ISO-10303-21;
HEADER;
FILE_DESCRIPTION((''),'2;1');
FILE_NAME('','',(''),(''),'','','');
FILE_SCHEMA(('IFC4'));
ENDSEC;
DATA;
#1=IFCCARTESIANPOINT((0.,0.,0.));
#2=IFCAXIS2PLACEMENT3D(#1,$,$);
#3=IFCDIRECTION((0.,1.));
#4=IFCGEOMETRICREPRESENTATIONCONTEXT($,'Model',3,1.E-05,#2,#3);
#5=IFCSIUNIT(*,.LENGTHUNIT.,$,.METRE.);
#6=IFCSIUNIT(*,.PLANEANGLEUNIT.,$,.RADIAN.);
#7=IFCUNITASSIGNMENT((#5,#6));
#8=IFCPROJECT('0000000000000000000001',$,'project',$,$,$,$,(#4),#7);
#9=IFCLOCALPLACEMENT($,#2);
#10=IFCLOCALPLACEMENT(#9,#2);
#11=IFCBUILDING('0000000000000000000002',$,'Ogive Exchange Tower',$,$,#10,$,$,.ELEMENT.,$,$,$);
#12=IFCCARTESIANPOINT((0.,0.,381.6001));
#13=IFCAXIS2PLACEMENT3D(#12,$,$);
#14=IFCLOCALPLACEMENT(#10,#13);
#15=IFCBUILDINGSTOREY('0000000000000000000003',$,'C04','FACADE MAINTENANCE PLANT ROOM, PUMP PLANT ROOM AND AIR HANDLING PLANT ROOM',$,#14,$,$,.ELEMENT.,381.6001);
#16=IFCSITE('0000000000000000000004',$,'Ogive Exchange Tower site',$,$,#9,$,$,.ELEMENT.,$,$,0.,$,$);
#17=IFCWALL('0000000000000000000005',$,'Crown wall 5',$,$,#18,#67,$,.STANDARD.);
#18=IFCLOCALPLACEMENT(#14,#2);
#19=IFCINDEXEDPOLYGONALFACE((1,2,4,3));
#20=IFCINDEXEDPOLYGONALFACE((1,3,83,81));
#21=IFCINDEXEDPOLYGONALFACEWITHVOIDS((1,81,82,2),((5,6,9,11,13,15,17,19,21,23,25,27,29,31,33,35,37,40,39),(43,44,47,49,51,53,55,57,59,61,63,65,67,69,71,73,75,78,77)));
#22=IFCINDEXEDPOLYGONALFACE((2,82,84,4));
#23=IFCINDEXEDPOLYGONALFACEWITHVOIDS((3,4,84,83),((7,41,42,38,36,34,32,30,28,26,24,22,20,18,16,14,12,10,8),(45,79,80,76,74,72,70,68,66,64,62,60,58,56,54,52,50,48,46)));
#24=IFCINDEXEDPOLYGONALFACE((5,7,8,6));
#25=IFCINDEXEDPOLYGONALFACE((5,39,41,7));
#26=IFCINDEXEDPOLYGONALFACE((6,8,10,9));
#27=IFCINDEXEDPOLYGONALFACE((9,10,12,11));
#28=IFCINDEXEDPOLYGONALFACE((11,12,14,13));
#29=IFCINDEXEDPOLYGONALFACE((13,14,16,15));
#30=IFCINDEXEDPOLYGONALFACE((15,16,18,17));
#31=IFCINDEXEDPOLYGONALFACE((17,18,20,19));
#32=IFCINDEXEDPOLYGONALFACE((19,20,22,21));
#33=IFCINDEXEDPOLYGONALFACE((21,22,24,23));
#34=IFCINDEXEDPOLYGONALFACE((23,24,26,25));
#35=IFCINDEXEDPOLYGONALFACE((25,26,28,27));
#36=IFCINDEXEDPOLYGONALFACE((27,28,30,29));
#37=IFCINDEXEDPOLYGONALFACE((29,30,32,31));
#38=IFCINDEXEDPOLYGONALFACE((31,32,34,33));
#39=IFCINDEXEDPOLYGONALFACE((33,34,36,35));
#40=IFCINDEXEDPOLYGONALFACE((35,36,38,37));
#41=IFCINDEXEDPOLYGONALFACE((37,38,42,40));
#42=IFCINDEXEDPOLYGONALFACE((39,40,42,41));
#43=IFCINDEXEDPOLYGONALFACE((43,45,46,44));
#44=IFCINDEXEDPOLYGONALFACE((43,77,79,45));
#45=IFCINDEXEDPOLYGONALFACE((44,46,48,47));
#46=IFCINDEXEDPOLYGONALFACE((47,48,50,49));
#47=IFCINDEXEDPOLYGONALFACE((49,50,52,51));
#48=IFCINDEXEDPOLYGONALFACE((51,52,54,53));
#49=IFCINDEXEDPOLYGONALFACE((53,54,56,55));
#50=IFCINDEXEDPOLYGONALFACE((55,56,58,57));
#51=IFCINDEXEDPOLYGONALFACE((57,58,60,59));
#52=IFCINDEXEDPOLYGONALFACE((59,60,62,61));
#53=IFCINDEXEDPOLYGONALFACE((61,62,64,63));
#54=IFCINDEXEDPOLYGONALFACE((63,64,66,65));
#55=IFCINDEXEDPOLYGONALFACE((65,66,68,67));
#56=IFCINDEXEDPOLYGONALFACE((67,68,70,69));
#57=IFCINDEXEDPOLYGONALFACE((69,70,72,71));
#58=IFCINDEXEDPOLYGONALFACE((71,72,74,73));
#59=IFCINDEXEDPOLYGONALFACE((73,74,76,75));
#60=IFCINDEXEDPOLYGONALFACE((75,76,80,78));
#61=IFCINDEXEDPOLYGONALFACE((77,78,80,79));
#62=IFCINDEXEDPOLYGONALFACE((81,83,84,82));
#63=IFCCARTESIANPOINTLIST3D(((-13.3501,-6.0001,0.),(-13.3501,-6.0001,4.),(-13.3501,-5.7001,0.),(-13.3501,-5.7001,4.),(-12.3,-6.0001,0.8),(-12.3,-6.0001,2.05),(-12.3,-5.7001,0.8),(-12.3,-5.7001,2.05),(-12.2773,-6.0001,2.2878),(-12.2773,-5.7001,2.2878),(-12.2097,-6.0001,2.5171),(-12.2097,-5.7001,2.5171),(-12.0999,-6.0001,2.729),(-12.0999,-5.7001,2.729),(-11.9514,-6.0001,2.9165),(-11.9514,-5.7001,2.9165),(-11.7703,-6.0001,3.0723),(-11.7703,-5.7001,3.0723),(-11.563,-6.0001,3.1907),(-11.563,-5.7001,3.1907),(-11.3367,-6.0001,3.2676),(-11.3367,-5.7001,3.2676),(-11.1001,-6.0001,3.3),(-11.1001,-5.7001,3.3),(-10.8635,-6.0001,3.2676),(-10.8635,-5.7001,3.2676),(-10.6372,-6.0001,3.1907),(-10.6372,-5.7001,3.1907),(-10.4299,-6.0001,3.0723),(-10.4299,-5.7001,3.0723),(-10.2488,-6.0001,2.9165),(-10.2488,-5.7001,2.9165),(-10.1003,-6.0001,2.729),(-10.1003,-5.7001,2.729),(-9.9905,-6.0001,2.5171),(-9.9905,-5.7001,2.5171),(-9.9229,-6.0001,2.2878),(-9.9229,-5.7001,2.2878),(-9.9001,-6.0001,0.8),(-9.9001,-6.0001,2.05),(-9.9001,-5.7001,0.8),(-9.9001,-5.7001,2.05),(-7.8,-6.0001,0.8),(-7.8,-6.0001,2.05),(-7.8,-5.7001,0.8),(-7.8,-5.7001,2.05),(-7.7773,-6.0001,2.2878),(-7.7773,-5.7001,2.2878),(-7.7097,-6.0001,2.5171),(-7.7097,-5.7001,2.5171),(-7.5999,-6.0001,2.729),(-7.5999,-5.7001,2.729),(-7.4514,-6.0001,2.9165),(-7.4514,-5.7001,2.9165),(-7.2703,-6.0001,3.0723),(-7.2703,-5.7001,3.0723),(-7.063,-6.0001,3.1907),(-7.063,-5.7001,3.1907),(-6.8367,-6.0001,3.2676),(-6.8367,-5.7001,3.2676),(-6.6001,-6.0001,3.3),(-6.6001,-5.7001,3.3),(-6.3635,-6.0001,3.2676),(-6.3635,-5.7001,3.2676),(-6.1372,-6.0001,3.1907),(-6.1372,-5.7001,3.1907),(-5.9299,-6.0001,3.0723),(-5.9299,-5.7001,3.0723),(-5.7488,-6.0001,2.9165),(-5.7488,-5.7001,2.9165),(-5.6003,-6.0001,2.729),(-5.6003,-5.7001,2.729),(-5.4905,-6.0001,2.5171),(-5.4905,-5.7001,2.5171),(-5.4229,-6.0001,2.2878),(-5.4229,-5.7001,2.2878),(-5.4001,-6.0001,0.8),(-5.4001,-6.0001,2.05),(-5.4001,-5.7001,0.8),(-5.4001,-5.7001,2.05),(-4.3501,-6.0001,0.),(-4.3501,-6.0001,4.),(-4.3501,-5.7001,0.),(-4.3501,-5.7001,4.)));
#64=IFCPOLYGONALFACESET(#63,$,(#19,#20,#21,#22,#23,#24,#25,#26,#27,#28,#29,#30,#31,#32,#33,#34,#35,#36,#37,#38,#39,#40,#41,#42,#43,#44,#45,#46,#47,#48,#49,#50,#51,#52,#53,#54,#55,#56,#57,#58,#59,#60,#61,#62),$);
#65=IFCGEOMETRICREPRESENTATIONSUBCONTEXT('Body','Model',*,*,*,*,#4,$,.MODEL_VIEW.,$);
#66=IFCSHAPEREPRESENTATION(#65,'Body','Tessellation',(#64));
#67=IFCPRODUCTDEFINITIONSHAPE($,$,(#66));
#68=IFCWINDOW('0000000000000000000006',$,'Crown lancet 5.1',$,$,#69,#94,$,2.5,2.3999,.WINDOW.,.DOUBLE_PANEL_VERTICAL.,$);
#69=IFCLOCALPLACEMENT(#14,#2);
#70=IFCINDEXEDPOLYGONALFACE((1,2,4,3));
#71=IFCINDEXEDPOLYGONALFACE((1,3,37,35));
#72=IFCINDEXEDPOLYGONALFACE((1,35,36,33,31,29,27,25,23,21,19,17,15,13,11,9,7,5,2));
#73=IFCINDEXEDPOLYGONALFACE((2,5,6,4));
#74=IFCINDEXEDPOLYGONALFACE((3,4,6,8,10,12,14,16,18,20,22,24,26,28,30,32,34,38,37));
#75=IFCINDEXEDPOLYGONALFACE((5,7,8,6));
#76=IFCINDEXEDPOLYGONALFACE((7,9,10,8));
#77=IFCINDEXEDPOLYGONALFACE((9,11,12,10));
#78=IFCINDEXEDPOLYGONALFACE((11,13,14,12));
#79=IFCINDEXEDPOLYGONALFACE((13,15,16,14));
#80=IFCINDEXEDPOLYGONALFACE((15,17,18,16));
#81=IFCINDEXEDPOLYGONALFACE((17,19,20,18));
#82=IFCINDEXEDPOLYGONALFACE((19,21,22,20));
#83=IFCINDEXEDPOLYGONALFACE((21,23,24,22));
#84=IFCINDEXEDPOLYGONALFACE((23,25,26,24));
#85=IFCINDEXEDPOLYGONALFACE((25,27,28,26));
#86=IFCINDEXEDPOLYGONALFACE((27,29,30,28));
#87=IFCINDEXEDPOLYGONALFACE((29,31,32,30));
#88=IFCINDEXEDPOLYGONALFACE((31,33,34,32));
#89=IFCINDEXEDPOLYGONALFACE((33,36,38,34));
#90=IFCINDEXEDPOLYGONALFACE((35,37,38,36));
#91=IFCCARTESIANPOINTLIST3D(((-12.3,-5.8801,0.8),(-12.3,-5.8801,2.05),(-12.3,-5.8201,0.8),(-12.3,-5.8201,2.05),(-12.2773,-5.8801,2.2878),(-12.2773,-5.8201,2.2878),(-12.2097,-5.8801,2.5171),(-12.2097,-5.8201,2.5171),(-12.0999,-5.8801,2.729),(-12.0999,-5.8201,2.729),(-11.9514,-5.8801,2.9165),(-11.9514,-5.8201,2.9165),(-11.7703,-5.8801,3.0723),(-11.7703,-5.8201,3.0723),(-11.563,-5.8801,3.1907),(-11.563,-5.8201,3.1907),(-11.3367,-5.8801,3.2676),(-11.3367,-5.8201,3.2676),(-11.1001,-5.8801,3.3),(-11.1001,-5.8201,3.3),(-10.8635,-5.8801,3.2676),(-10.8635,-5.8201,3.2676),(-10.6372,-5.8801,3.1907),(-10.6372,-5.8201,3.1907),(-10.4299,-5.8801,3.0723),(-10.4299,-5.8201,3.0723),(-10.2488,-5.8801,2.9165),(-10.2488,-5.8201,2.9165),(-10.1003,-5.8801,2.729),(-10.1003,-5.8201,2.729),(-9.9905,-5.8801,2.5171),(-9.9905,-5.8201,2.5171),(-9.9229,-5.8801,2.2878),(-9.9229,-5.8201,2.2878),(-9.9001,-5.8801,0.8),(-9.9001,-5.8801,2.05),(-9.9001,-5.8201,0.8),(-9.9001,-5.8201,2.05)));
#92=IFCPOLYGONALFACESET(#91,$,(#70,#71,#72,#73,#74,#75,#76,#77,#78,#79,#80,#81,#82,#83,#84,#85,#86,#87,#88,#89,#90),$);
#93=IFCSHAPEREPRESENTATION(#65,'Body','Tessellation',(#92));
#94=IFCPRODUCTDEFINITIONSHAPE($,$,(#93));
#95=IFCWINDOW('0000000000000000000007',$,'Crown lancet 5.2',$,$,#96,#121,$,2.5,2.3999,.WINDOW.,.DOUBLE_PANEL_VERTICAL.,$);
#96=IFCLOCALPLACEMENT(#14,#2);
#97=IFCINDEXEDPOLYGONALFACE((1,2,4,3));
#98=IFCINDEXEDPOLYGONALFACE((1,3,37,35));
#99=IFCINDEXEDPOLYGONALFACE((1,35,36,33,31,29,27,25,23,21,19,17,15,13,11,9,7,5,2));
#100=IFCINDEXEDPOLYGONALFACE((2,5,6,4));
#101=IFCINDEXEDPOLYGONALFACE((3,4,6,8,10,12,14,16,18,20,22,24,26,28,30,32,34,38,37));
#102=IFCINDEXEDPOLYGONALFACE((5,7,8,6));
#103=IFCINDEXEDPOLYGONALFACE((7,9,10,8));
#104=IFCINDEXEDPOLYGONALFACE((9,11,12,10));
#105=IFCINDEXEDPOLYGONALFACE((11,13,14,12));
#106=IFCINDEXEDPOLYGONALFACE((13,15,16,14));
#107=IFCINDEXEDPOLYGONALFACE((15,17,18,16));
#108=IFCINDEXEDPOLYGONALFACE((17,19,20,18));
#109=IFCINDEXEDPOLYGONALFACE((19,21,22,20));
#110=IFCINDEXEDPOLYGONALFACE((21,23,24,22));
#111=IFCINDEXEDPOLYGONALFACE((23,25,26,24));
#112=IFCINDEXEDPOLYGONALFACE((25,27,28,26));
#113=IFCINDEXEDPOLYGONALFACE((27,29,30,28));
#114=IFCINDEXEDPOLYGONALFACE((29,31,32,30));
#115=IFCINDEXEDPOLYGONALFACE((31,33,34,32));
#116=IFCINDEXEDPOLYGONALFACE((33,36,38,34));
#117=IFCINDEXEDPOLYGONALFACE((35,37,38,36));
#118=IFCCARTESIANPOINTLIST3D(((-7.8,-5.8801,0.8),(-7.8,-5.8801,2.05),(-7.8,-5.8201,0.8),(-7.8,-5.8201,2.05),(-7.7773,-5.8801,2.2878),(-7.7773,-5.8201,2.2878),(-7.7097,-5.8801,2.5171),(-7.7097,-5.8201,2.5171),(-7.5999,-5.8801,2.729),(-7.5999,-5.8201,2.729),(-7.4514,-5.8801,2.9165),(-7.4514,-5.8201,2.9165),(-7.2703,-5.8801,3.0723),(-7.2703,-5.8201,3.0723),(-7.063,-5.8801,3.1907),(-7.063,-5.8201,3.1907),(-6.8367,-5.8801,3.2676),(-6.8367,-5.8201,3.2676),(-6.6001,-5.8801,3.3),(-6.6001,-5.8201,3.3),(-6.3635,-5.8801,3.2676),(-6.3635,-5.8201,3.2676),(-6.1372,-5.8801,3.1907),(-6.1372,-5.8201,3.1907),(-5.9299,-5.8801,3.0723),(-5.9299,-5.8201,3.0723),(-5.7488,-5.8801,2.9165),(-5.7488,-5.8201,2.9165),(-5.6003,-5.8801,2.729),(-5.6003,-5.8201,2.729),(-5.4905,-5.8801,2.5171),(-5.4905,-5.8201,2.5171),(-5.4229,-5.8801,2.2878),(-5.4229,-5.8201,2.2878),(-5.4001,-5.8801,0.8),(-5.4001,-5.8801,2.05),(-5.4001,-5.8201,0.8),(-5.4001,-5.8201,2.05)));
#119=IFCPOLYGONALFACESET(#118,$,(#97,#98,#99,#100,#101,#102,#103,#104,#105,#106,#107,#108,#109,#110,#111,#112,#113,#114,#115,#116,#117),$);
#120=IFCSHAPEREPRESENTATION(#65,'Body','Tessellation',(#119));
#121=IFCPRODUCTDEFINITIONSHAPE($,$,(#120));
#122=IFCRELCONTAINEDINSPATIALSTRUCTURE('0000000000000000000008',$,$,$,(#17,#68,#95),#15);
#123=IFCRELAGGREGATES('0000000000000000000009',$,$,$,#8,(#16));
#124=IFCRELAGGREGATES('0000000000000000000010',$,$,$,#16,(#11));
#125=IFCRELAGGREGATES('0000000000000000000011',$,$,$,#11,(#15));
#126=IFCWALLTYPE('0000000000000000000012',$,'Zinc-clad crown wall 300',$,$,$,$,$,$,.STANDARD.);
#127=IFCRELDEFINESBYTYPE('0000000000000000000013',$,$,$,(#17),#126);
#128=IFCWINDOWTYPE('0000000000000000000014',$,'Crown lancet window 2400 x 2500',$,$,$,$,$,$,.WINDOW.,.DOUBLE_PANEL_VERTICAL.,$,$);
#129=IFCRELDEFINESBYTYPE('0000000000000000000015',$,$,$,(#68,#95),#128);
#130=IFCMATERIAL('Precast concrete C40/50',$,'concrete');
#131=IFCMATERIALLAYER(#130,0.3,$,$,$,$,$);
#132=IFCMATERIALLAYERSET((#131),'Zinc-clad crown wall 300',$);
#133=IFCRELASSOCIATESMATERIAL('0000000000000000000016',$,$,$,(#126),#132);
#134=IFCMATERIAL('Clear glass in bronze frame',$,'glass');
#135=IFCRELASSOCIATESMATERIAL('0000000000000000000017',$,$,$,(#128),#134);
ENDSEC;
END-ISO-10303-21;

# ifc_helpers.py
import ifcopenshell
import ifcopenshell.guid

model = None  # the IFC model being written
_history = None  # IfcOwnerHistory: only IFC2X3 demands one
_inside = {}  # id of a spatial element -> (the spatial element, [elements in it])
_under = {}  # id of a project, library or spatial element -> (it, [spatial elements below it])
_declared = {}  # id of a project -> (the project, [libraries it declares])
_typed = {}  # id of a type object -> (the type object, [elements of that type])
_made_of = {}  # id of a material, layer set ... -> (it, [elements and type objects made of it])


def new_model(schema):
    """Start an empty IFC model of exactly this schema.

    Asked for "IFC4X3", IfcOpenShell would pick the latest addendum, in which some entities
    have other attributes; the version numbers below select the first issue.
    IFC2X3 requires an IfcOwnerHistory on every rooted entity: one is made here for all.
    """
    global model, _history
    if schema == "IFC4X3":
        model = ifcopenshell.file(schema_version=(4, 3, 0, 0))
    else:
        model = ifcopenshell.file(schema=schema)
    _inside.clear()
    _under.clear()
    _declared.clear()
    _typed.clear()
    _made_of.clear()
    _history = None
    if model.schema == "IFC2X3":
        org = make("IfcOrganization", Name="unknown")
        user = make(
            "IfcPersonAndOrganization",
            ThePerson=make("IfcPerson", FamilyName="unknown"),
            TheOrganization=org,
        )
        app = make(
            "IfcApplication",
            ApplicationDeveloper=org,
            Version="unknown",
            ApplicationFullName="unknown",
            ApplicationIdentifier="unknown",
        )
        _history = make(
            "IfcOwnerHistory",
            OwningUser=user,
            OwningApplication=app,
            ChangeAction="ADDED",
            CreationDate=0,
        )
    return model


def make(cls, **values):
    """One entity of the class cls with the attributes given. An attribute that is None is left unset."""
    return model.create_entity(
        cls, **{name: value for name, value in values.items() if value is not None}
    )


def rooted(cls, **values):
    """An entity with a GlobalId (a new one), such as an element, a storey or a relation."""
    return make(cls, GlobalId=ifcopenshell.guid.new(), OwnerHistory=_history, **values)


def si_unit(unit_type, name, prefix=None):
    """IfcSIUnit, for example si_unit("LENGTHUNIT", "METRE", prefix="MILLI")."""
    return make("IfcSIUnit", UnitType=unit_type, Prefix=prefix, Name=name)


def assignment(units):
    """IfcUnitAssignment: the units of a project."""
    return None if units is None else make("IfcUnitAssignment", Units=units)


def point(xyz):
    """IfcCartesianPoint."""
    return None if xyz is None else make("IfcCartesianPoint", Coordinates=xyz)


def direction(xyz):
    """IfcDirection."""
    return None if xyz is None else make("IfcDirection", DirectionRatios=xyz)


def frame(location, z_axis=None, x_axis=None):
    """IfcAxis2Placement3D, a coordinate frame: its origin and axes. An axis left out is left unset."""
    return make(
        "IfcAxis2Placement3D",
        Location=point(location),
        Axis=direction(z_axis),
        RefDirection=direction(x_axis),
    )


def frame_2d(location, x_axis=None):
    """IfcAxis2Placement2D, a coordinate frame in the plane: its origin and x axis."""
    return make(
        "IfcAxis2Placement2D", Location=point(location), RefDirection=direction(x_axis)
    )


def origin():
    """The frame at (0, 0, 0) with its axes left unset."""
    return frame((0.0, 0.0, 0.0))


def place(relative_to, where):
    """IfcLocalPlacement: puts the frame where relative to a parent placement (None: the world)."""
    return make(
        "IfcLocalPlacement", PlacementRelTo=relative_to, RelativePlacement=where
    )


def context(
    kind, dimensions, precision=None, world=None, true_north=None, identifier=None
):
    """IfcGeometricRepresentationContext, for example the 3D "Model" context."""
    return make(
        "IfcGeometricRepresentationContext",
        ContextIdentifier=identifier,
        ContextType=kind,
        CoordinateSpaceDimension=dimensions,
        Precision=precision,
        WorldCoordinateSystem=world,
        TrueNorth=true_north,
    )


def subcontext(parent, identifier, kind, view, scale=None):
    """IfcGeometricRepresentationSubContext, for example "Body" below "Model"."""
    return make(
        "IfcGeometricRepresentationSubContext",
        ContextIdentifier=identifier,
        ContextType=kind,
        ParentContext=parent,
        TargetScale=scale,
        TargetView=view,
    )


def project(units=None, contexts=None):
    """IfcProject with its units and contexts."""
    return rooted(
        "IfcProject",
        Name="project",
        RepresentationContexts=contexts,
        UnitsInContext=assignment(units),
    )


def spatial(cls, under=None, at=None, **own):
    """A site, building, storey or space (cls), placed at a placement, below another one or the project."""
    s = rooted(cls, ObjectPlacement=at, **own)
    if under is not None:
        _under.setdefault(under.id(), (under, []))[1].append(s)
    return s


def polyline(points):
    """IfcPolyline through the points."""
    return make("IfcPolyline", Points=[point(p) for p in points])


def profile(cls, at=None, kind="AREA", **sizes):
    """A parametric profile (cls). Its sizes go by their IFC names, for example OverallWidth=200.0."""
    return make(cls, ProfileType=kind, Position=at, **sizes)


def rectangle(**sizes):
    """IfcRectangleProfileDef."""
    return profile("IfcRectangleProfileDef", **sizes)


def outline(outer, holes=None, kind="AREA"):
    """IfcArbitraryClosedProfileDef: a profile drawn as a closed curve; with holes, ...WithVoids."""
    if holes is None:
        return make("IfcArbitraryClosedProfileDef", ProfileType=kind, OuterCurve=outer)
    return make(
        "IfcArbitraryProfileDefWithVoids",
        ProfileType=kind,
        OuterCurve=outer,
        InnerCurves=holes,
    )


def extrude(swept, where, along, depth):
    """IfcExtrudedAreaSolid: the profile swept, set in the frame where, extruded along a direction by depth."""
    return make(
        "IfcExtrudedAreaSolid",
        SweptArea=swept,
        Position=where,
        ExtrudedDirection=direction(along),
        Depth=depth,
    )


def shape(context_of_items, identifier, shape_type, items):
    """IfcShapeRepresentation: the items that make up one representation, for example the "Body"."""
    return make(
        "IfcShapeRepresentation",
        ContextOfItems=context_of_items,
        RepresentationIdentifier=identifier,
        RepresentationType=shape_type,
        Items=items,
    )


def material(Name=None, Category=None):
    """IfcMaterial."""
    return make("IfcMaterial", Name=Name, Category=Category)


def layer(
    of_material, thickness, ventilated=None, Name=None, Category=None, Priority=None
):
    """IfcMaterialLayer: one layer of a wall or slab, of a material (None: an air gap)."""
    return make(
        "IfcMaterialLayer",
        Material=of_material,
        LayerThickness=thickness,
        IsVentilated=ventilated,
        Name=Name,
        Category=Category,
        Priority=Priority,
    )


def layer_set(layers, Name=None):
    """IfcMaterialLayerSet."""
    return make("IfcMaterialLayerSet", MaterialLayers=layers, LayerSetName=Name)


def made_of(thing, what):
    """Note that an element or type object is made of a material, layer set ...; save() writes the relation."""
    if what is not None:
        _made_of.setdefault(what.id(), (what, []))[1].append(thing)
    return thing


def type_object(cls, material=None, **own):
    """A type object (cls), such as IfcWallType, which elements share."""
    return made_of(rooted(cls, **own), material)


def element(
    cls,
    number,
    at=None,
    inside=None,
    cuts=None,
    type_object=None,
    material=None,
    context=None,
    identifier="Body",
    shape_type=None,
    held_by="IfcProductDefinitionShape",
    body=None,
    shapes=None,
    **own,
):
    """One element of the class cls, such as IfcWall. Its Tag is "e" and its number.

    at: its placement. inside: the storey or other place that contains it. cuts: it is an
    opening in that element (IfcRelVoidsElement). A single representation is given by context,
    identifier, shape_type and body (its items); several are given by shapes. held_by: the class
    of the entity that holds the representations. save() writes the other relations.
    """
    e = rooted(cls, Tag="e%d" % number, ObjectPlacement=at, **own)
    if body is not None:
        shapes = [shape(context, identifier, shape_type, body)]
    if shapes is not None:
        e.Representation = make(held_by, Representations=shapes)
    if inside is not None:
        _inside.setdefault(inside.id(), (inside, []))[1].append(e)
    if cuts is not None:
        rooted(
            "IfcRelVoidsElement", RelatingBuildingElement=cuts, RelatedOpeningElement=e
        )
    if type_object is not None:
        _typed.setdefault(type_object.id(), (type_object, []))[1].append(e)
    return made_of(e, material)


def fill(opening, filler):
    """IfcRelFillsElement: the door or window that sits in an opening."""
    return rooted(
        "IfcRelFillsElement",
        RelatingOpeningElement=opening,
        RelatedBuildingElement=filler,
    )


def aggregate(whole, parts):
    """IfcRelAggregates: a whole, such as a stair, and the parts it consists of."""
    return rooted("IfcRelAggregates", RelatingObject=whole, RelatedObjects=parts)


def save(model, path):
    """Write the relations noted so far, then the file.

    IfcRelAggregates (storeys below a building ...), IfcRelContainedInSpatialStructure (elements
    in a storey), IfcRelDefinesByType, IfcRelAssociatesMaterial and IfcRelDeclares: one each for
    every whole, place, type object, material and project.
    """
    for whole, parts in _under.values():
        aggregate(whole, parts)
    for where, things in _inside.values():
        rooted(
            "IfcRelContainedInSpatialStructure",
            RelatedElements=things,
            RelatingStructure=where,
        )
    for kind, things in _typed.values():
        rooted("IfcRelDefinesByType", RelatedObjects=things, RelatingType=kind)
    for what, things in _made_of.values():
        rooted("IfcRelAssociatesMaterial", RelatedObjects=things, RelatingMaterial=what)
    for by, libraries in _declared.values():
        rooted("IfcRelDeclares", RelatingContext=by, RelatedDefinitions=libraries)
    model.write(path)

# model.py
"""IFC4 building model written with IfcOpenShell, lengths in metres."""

from ifc_helpers import new_model, si_unit, direction, frame, frame_2d, origin, place, context, subcontext, project, spatial, polyline, rectangle, outline, extrude, material, layer, layer_set, type_object, element, fill, save


model = new_model("IFC4")

# Units and contexts
model_context = context("Model", 3, precision=1e-05, world=origin(), true_north=direction((0.0, 1.0)))
body_context = subcontext(model_context, "Body", "Model", "MODEL_VIEW")
ifc_project = project(units=[si_unit("LENGTHUNIT", "METRE"), si_unit("PLANEANGLEUNIT", "RADIAN")], contexts=[model_context])

# Site, building, storey
site_placement = place(None, origin())
site = spatial("IfcSite", under=ifc_project, at=site_placement, Name="Ogive Exchange Tower site", CompositionType="ELEMENT", RefElevation=0.0)
building_placement = place(site_placement, origin())
building = spatial("IfcBuilding", under=site, at=building_placement, Name="Ogive Exchange Tower", CompositionType="ELEMENT")
storey_placement = place(building_placement, frame((0.0, 0.0, 381.6001)))
storey = spatial("IfcBuildingStorey", under=building, at=storey_placement, Name="C04", Description="FACADE MAINTENANCE PLANT ROOM, PUMP PLANT ROOM AND AIR HANDLING PLANT ROOM", CompositionType="ELEMENT", Elevation=381.6001)

# Wall, openings, windows
ifc_material_1 = material(Name="Precast concrete C40/50", Category="concrete")
ifc_layer_1 = layer(ifc_material_1, 0.3)
ifc_layer_set_1 = layer_set([ifc_layer_1], Name="Zinc-clad crown wall 300")
wall_type_1 = type_object("IfcWallType", Name="Zinc-clad crown wall 300", PredefinedType="STANDARD", material=ifc_layer_set_1)
wall_1_placement = place(storey_placement, frame((-13.3501, -5.8501, 0.0), z_axis=(0.0, 0.0, 1.0), x_axis=(1.0, 0.0, 0.0)))
wall_1 = element("IfcWall", 1, at=wall_1_placement, inside=storey, type_object=wall_type_1, Name="Crown wall 5", PredefinedType="STANDARD", context=body_context, shape_type="SweptSolid", body=[
    extrude(rectangle(XDim=9.0, YDim=0.3, at=frame_2d((4.5, 0.0))), origin(), (0.0, 0.0, 1.0), 4.0),
])
opening_1_placement = place(wall_1_placement, frame((1.05, 0.0, 0.8)))
opening_1 = element("IfcOpeningElement", 2, at=opening_1_placement, cuts=wall_1, PredefinedType="OPENING", context=body_context, shape_type="SweptSolid", body=[
    extrude(outline(polyline([(0.0, 0.0), (2.3999, 0.0), (2.3999, 1.25), (2.3772, 1.4878), (2.3096, 1.717), (2.1997, 1.929), (2.0513, 2.1165), (1.8701, 2.2722), (1.6628, 2.3906), (1.4365, 2.4675), (1.2, 2.5), (0.9634, 2.4675), (0.7371, 2.3906), (0.5298, 2.2722), (0.3486, 2.1165), (0.2002, 1.929), (0.0903, 1.717), (0.0227, 1.4878), (0.0, 1.25), (0.0, 0.0)])), frame((0.0, 0.1599, 0.0), z_axis=(0.0, -1.0, 0.0), x_axis=(1.0, 0.0, 0.0)), (0.0, 0.0, 1.0), 0.3201),
])
opening_2_placement = place(wall_1_placement, frame((5.55, 0.0, 0.8)))
opening_2 = element("IfcOpeningElement", 3, at=opening_2_placement, cuts=wall_1, PredefinedType="OPENING", context=body_context, shape_type="SweptSolid", body=[
    extrude(outline(polyline([(0.0, 0.0), (2.3999, 0.0), (2.3999, 1.25), (2.3772, 1.4878), (2.3096, 1.717), (2.1997, 1.929), (2.0513, 2.1165), (1.8701, 2.2722), (1.6628, 2.3906), (1.4365, 2.4675), (1.2, 2.5), (0.9634, 2.4675), (0.7371, 2.3906), (0.5298, 2.2722), (0.3486, 2.1165), (0.2002, 1.929), (0.0903, 1.717), (0.0227, 1.4878), (0.0, 1.25), (0.0, 0.0)])), frame((0.0, 0.1599, 0.0), z_axis=(0.0, -1.0, 0.0), x_axis=(1.0, 0.0, 0.0)), (0.0, 0.0, 1.0), 0.3201),
])
ifc_material_2 = material(Name="Clear glass in bronze frame", Category="glass")
window_type = type_object("IfcWindowType", Name="Crown lancet window 2400 x 2500", PartitioningType="DOUBLE_PANEL_VERTICAL", PredefinedType="WINDOW", material=ifc_material_2)
window_1_placement = place(opening_1_placement, origin())
window_1 = element("IfcWindow", 4, at=window_1_placement, inside=storey, type_object=window_type, Name="Crown lancet 5.1", OverallHeight=2.5, OverallWidth=2.3999, PartitioningType="DOUBLE_PANEL_VERTICAL", PredefinedType="WINDOW", context=body_context, shape_type="SweptSolid", body=[
    extrude(outline(polyline([(0.0, 0.0), (2.3999, 0.0), (2.3999, 1.25), (2.3772, 1.4878), (2.3096, 1.717), (2.1997, 1.929), (2.0513, 2.1165), (1.8701, 2.2722), (1.6628, 2.3906), (1.4365, 2.4675), (1.2, 2.5), (0.9634, 2.4675), (0.7371, 2.3906), (0.5298, 2.2722), (0.3486, 2.1165), (0.2002, 1.929), (0.0903, 1.717), (0.0227, 1.4878), (0.0, 1.25), (0.0, 0.0)])), frame((0.0, 0.03, 0.0), z_axis=(0.0, -1.0, 0.0), x_axis=(1.0, 0.0, 0.0)), (0.0, 0.0, 1.0), 0.0601),
])
fill(opening_1, window_1)
window_2_placement = place(opening_2_placement, origin())
window_2 = element("IfcWindow", 5, at=window_2_placement, inside=storey, type_object=window_type, Name="Crown lancet 5.2", OverallHeight=2.5, OverallWidth=2.3999, PartitioningType="DOUBLE_PANEL_VERTICAL", PredefinedType="WINDOW", context=body_context, shape_type="SweptSolid", body=[
    extrude(outline(polyline([(0.0, 0.0), (2.3999, 0.0), (2.3999, 1.25), (2.3772, 1.4878), (2.3096, 1.717), (2.1997, 1.929), (2.0513, 2.1165), (1.8701, 2.2722), (1.6628, 2.3906), (1.4365, 2.4675), (1.2, 2.5), (0.9634, 2.4675), (0.7371, 2.3906), (0.5298, 2.2722), (0.3486, 2.1165), (0.2002, 1.929), (0.0903, 1.717), (0.0227, 1.4878), (0.0, 1.25), (0.0, 0.0)])), frame((0.0, 0.03, 0.0), z_axis=(0.0, -1.0, 0.0), x_axis=(1.0, 0.0, 0.0)), (0.0, 0.0, 1.0), 0.0601),
])
fill(opening_2, window_2)

save(model, "model.ifc")
